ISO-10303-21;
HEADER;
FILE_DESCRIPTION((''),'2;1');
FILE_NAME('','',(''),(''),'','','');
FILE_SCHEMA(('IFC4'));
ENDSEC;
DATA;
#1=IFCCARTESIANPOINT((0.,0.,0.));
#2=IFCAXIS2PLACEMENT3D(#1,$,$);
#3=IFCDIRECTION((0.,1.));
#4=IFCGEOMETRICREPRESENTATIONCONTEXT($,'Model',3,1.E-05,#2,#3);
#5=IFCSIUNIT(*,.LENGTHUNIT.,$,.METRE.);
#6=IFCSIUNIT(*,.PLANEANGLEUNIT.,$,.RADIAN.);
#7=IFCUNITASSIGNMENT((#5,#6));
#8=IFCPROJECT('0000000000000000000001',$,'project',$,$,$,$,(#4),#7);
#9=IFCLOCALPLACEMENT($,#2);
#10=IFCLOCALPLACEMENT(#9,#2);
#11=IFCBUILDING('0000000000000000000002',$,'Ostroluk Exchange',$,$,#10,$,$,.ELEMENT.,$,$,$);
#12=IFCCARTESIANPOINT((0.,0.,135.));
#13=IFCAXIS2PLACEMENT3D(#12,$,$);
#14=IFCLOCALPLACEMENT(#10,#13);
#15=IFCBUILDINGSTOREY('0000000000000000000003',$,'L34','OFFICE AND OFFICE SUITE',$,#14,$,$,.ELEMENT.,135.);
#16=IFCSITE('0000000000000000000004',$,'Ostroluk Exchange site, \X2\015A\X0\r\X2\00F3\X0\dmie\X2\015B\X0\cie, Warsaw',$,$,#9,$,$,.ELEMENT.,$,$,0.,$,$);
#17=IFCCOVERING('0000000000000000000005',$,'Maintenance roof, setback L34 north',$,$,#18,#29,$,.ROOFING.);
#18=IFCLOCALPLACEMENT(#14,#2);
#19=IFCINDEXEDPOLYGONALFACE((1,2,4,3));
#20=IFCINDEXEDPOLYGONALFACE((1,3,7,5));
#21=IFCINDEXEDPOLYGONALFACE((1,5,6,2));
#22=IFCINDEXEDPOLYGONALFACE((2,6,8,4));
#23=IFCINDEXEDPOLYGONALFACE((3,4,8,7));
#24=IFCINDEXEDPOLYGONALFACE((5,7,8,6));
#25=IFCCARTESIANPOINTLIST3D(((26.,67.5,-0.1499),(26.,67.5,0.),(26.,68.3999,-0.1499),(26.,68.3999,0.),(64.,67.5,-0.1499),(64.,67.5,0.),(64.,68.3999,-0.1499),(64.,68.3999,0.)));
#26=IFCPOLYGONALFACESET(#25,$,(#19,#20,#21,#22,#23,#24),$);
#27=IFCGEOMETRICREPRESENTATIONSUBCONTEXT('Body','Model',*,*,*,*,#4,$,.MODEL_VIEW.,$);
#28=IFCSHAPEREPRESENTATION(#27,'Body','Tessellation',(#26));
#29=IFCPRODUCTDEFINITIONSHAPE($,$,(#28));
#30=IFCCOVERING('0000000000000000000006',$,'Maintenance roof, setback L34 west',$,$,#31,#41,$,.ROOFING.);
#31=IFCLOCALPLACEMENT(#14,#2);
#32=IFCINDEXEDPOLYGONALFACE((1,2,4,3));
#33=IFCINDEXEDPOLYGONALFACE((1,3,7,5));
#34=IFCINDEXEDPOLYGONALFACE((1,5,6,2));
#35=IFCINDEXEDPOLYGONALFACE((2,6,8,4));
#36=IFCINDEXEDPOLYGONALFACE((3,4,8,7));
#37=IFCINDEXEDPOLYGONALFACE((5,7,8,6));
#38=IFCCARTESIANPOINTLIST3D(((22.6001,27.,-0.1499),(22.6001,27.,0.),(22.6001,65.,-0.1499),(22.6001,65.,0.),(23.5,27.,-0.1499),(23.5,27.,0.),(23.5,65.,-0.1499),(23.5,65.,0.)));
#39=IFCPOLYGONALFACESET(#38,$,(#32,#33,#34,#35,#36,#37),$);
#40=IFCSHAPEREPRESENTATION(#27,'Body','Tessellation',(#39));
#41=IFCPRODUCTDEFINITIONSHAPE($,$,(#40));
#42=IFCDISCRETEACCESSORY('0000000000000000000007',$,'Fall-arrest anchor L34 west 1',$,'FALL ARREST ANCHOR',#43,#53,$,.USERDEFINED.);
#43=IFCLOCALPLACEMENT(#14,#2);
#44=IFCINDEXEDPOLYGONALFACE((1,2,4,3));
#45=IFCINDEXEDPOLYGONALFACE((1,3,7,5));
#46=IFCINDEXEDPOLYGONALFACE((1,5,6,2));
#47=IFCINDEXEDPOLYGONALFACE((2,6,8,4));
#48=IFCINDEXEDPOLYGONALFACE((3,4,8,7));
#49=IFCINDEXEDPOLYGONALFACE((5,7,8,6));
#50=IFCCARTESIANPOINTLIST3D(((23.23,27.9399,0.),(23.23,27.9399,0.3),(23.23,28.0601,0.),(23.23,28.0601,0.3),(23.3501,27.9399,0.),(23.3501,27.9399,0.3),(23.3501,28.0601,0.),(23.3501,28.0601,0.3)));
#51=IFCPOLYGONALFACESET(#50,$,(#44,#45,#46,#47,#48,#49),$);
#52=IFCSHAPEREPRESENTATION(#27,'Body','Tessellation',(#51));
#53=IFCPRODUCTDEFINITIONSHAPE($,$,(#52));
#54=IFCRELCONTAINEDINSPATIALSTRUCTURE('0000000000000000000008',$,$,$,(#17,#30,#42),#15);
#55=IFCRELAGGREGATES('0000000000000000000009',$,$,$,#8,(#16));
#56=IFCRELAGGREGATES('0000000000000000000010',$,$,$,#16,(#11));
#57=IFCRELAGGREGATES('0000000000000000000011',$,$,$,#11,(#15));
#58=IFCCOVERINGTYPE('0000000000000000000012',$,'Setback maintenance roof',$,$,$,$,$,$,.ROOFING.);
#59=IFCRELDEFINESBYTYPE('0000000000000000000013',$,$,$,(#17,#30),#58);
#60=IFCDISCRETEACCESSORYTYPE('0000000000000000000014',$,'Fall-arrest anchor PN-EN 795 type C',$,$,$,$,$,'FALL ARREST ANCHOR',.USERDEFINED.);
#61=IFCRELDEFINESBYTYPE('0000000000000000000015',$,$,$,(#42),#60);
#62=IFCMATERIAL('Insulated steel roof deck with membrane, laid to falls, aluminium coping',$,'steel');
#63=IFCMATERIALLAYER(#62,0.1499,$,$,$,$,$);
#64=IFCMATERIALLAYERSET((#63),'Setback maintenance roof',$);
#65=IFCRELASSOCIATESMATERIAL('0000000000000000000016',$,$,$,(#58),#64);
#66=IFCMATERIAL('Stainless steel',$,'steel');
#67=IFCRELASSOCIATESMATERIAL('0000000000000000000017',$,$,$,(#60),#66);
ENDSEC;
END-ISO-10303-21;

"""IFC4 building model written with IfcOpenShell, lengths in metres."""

from ifc_helpers import new_model, si_unit, direction, frame, origin, origin_2d, place, context, subcontext, project, spatial, polyline, rectangle, outline, extrude, material, layer, layer_set, type_object, element, save


model = new_model("IFC4")

# Units and contexts
model_context = context("Model", 3, precision=1e-05, world=origin(), true_north=direction((0.0, 1.0)))
body_context = subcontext(model_context, "Body", "Model", "MODEL_VIEW")
ifc_project = project(units=[si_unit("LENGTHUNIT", "METRE"), si_unit("PLANEANGLEUNIT", "RADIAN")], contexts=[model_context])

# Site, building, storey
site_placement = place(None, origin())
site = spatial("IfcSite", under=ifc_project, at=site_placement, Name="Ostroluk Exchange site, Śródmieście, Warsaw", CompositionType="ELEMENT", RefElevation=0.0)
building_placement = place(site_placement, origin())
building = spatial("IfcBuilding", under=site, at=building_placement, Name="Ostroluk Exchange", CompositionType="ELEMENT")
storey_placement = place(building_placement, frame((0.0, 0.0, 135.0)))
storey = spatial("IfcBuildingStorey", under=building, at=storey_placement, Name="L34", Description="OFFICE AND OFFICE SUITE", CompositionType="ELEMENT", Elevation=135.0)

# Coverings
ifc_material_1 = material(Name="Insulated steel roof deck with membrane, laid to falls, aluminium coping", Category="steel")
ifc_layer_1 = layer(ifc_material_1, 0.1499)
ifc_layer_set_1 = layer_set([ifc_layer_1], Name="Setback maintenance roof")
covering_type = type_object("IfcCoveringType", Name="Setback maintenance roof", PredefinedType="ROOFING", material=ifc_layer_set_1)
covering_1_placement = place(storey_placement, frame((0.0, 0.0, -0.1499)))
element("IfcCovering", 1, at=covering_1_placement, inside=storey, type_object=covering_type, Name="Maintenance roof, setback L34 north", PredefinedType="ROOFING", context=body_context, shape_type="SweptSolid", body=[
    extrude(outline(polyline([(26.0, 68.3999), (64.0, 68.3999), (64.0, 67.5), (26.0, 67.5), (26.0, 68.3999)])), origin(), (0.0, 0.0, 1.0), 0.1499),
])
covering_2_placement = place(storey_placement, frame((0.0, 0.0, -0.1499)))
element("IfcCovering", 2, at=covering_2_placement, inside=storey, type_object=covering_type, Name="Maintenance roof, setback L34 west", PredefinedType="ROOFING", context=body_context, shape_type="SweptSolid", body=[
    extrude(outline(polyline([(22.6001, 65.0), (23.5, 65.0), (23.5, 27.0), (22.6001, 27.0), (22.6001, 65.0)])), origin(), (0.0, 0.0, 1.0), 0.1499),
])

# Discrete accessory
ifc_material_2 = material(Name="Stainless steel", Category="steel")
discrete_accessory_type = type_object("IfcDiscreteAccessoryType", Name="Fall-arrest anchor PN-EN 795 type C", ElementType="FALL ARREST ANCHOR", PredefinedType="USERDEFINED", material=ifc_material_2)
discrete_accessory_placement = place(storey_placement, frame((23.29, 28.0, 0.0), z_axis=(0.0, 0.0, 1.0), x_axis=(1.0, 0.0, 0.0)))
element("IfcDiscreteAccessory", 3, at=discrete_accessory_placement, inside=storey, type_object=discrete_accessory_type, Name="Fall-arrest anchor L34 west 1", ObjectType="FALL ARREST ANCHOR", PredefinedType="USERDEFINED", context=body_context, shape_type="SweptSolid", body=[
    extrude(rectangle(XDim=0.1201, YDim=0.1201, at=origin_2d()), origin(), (0.0, 0.0, 1.0), 0.3),
])

save(model, "model.ifc")
